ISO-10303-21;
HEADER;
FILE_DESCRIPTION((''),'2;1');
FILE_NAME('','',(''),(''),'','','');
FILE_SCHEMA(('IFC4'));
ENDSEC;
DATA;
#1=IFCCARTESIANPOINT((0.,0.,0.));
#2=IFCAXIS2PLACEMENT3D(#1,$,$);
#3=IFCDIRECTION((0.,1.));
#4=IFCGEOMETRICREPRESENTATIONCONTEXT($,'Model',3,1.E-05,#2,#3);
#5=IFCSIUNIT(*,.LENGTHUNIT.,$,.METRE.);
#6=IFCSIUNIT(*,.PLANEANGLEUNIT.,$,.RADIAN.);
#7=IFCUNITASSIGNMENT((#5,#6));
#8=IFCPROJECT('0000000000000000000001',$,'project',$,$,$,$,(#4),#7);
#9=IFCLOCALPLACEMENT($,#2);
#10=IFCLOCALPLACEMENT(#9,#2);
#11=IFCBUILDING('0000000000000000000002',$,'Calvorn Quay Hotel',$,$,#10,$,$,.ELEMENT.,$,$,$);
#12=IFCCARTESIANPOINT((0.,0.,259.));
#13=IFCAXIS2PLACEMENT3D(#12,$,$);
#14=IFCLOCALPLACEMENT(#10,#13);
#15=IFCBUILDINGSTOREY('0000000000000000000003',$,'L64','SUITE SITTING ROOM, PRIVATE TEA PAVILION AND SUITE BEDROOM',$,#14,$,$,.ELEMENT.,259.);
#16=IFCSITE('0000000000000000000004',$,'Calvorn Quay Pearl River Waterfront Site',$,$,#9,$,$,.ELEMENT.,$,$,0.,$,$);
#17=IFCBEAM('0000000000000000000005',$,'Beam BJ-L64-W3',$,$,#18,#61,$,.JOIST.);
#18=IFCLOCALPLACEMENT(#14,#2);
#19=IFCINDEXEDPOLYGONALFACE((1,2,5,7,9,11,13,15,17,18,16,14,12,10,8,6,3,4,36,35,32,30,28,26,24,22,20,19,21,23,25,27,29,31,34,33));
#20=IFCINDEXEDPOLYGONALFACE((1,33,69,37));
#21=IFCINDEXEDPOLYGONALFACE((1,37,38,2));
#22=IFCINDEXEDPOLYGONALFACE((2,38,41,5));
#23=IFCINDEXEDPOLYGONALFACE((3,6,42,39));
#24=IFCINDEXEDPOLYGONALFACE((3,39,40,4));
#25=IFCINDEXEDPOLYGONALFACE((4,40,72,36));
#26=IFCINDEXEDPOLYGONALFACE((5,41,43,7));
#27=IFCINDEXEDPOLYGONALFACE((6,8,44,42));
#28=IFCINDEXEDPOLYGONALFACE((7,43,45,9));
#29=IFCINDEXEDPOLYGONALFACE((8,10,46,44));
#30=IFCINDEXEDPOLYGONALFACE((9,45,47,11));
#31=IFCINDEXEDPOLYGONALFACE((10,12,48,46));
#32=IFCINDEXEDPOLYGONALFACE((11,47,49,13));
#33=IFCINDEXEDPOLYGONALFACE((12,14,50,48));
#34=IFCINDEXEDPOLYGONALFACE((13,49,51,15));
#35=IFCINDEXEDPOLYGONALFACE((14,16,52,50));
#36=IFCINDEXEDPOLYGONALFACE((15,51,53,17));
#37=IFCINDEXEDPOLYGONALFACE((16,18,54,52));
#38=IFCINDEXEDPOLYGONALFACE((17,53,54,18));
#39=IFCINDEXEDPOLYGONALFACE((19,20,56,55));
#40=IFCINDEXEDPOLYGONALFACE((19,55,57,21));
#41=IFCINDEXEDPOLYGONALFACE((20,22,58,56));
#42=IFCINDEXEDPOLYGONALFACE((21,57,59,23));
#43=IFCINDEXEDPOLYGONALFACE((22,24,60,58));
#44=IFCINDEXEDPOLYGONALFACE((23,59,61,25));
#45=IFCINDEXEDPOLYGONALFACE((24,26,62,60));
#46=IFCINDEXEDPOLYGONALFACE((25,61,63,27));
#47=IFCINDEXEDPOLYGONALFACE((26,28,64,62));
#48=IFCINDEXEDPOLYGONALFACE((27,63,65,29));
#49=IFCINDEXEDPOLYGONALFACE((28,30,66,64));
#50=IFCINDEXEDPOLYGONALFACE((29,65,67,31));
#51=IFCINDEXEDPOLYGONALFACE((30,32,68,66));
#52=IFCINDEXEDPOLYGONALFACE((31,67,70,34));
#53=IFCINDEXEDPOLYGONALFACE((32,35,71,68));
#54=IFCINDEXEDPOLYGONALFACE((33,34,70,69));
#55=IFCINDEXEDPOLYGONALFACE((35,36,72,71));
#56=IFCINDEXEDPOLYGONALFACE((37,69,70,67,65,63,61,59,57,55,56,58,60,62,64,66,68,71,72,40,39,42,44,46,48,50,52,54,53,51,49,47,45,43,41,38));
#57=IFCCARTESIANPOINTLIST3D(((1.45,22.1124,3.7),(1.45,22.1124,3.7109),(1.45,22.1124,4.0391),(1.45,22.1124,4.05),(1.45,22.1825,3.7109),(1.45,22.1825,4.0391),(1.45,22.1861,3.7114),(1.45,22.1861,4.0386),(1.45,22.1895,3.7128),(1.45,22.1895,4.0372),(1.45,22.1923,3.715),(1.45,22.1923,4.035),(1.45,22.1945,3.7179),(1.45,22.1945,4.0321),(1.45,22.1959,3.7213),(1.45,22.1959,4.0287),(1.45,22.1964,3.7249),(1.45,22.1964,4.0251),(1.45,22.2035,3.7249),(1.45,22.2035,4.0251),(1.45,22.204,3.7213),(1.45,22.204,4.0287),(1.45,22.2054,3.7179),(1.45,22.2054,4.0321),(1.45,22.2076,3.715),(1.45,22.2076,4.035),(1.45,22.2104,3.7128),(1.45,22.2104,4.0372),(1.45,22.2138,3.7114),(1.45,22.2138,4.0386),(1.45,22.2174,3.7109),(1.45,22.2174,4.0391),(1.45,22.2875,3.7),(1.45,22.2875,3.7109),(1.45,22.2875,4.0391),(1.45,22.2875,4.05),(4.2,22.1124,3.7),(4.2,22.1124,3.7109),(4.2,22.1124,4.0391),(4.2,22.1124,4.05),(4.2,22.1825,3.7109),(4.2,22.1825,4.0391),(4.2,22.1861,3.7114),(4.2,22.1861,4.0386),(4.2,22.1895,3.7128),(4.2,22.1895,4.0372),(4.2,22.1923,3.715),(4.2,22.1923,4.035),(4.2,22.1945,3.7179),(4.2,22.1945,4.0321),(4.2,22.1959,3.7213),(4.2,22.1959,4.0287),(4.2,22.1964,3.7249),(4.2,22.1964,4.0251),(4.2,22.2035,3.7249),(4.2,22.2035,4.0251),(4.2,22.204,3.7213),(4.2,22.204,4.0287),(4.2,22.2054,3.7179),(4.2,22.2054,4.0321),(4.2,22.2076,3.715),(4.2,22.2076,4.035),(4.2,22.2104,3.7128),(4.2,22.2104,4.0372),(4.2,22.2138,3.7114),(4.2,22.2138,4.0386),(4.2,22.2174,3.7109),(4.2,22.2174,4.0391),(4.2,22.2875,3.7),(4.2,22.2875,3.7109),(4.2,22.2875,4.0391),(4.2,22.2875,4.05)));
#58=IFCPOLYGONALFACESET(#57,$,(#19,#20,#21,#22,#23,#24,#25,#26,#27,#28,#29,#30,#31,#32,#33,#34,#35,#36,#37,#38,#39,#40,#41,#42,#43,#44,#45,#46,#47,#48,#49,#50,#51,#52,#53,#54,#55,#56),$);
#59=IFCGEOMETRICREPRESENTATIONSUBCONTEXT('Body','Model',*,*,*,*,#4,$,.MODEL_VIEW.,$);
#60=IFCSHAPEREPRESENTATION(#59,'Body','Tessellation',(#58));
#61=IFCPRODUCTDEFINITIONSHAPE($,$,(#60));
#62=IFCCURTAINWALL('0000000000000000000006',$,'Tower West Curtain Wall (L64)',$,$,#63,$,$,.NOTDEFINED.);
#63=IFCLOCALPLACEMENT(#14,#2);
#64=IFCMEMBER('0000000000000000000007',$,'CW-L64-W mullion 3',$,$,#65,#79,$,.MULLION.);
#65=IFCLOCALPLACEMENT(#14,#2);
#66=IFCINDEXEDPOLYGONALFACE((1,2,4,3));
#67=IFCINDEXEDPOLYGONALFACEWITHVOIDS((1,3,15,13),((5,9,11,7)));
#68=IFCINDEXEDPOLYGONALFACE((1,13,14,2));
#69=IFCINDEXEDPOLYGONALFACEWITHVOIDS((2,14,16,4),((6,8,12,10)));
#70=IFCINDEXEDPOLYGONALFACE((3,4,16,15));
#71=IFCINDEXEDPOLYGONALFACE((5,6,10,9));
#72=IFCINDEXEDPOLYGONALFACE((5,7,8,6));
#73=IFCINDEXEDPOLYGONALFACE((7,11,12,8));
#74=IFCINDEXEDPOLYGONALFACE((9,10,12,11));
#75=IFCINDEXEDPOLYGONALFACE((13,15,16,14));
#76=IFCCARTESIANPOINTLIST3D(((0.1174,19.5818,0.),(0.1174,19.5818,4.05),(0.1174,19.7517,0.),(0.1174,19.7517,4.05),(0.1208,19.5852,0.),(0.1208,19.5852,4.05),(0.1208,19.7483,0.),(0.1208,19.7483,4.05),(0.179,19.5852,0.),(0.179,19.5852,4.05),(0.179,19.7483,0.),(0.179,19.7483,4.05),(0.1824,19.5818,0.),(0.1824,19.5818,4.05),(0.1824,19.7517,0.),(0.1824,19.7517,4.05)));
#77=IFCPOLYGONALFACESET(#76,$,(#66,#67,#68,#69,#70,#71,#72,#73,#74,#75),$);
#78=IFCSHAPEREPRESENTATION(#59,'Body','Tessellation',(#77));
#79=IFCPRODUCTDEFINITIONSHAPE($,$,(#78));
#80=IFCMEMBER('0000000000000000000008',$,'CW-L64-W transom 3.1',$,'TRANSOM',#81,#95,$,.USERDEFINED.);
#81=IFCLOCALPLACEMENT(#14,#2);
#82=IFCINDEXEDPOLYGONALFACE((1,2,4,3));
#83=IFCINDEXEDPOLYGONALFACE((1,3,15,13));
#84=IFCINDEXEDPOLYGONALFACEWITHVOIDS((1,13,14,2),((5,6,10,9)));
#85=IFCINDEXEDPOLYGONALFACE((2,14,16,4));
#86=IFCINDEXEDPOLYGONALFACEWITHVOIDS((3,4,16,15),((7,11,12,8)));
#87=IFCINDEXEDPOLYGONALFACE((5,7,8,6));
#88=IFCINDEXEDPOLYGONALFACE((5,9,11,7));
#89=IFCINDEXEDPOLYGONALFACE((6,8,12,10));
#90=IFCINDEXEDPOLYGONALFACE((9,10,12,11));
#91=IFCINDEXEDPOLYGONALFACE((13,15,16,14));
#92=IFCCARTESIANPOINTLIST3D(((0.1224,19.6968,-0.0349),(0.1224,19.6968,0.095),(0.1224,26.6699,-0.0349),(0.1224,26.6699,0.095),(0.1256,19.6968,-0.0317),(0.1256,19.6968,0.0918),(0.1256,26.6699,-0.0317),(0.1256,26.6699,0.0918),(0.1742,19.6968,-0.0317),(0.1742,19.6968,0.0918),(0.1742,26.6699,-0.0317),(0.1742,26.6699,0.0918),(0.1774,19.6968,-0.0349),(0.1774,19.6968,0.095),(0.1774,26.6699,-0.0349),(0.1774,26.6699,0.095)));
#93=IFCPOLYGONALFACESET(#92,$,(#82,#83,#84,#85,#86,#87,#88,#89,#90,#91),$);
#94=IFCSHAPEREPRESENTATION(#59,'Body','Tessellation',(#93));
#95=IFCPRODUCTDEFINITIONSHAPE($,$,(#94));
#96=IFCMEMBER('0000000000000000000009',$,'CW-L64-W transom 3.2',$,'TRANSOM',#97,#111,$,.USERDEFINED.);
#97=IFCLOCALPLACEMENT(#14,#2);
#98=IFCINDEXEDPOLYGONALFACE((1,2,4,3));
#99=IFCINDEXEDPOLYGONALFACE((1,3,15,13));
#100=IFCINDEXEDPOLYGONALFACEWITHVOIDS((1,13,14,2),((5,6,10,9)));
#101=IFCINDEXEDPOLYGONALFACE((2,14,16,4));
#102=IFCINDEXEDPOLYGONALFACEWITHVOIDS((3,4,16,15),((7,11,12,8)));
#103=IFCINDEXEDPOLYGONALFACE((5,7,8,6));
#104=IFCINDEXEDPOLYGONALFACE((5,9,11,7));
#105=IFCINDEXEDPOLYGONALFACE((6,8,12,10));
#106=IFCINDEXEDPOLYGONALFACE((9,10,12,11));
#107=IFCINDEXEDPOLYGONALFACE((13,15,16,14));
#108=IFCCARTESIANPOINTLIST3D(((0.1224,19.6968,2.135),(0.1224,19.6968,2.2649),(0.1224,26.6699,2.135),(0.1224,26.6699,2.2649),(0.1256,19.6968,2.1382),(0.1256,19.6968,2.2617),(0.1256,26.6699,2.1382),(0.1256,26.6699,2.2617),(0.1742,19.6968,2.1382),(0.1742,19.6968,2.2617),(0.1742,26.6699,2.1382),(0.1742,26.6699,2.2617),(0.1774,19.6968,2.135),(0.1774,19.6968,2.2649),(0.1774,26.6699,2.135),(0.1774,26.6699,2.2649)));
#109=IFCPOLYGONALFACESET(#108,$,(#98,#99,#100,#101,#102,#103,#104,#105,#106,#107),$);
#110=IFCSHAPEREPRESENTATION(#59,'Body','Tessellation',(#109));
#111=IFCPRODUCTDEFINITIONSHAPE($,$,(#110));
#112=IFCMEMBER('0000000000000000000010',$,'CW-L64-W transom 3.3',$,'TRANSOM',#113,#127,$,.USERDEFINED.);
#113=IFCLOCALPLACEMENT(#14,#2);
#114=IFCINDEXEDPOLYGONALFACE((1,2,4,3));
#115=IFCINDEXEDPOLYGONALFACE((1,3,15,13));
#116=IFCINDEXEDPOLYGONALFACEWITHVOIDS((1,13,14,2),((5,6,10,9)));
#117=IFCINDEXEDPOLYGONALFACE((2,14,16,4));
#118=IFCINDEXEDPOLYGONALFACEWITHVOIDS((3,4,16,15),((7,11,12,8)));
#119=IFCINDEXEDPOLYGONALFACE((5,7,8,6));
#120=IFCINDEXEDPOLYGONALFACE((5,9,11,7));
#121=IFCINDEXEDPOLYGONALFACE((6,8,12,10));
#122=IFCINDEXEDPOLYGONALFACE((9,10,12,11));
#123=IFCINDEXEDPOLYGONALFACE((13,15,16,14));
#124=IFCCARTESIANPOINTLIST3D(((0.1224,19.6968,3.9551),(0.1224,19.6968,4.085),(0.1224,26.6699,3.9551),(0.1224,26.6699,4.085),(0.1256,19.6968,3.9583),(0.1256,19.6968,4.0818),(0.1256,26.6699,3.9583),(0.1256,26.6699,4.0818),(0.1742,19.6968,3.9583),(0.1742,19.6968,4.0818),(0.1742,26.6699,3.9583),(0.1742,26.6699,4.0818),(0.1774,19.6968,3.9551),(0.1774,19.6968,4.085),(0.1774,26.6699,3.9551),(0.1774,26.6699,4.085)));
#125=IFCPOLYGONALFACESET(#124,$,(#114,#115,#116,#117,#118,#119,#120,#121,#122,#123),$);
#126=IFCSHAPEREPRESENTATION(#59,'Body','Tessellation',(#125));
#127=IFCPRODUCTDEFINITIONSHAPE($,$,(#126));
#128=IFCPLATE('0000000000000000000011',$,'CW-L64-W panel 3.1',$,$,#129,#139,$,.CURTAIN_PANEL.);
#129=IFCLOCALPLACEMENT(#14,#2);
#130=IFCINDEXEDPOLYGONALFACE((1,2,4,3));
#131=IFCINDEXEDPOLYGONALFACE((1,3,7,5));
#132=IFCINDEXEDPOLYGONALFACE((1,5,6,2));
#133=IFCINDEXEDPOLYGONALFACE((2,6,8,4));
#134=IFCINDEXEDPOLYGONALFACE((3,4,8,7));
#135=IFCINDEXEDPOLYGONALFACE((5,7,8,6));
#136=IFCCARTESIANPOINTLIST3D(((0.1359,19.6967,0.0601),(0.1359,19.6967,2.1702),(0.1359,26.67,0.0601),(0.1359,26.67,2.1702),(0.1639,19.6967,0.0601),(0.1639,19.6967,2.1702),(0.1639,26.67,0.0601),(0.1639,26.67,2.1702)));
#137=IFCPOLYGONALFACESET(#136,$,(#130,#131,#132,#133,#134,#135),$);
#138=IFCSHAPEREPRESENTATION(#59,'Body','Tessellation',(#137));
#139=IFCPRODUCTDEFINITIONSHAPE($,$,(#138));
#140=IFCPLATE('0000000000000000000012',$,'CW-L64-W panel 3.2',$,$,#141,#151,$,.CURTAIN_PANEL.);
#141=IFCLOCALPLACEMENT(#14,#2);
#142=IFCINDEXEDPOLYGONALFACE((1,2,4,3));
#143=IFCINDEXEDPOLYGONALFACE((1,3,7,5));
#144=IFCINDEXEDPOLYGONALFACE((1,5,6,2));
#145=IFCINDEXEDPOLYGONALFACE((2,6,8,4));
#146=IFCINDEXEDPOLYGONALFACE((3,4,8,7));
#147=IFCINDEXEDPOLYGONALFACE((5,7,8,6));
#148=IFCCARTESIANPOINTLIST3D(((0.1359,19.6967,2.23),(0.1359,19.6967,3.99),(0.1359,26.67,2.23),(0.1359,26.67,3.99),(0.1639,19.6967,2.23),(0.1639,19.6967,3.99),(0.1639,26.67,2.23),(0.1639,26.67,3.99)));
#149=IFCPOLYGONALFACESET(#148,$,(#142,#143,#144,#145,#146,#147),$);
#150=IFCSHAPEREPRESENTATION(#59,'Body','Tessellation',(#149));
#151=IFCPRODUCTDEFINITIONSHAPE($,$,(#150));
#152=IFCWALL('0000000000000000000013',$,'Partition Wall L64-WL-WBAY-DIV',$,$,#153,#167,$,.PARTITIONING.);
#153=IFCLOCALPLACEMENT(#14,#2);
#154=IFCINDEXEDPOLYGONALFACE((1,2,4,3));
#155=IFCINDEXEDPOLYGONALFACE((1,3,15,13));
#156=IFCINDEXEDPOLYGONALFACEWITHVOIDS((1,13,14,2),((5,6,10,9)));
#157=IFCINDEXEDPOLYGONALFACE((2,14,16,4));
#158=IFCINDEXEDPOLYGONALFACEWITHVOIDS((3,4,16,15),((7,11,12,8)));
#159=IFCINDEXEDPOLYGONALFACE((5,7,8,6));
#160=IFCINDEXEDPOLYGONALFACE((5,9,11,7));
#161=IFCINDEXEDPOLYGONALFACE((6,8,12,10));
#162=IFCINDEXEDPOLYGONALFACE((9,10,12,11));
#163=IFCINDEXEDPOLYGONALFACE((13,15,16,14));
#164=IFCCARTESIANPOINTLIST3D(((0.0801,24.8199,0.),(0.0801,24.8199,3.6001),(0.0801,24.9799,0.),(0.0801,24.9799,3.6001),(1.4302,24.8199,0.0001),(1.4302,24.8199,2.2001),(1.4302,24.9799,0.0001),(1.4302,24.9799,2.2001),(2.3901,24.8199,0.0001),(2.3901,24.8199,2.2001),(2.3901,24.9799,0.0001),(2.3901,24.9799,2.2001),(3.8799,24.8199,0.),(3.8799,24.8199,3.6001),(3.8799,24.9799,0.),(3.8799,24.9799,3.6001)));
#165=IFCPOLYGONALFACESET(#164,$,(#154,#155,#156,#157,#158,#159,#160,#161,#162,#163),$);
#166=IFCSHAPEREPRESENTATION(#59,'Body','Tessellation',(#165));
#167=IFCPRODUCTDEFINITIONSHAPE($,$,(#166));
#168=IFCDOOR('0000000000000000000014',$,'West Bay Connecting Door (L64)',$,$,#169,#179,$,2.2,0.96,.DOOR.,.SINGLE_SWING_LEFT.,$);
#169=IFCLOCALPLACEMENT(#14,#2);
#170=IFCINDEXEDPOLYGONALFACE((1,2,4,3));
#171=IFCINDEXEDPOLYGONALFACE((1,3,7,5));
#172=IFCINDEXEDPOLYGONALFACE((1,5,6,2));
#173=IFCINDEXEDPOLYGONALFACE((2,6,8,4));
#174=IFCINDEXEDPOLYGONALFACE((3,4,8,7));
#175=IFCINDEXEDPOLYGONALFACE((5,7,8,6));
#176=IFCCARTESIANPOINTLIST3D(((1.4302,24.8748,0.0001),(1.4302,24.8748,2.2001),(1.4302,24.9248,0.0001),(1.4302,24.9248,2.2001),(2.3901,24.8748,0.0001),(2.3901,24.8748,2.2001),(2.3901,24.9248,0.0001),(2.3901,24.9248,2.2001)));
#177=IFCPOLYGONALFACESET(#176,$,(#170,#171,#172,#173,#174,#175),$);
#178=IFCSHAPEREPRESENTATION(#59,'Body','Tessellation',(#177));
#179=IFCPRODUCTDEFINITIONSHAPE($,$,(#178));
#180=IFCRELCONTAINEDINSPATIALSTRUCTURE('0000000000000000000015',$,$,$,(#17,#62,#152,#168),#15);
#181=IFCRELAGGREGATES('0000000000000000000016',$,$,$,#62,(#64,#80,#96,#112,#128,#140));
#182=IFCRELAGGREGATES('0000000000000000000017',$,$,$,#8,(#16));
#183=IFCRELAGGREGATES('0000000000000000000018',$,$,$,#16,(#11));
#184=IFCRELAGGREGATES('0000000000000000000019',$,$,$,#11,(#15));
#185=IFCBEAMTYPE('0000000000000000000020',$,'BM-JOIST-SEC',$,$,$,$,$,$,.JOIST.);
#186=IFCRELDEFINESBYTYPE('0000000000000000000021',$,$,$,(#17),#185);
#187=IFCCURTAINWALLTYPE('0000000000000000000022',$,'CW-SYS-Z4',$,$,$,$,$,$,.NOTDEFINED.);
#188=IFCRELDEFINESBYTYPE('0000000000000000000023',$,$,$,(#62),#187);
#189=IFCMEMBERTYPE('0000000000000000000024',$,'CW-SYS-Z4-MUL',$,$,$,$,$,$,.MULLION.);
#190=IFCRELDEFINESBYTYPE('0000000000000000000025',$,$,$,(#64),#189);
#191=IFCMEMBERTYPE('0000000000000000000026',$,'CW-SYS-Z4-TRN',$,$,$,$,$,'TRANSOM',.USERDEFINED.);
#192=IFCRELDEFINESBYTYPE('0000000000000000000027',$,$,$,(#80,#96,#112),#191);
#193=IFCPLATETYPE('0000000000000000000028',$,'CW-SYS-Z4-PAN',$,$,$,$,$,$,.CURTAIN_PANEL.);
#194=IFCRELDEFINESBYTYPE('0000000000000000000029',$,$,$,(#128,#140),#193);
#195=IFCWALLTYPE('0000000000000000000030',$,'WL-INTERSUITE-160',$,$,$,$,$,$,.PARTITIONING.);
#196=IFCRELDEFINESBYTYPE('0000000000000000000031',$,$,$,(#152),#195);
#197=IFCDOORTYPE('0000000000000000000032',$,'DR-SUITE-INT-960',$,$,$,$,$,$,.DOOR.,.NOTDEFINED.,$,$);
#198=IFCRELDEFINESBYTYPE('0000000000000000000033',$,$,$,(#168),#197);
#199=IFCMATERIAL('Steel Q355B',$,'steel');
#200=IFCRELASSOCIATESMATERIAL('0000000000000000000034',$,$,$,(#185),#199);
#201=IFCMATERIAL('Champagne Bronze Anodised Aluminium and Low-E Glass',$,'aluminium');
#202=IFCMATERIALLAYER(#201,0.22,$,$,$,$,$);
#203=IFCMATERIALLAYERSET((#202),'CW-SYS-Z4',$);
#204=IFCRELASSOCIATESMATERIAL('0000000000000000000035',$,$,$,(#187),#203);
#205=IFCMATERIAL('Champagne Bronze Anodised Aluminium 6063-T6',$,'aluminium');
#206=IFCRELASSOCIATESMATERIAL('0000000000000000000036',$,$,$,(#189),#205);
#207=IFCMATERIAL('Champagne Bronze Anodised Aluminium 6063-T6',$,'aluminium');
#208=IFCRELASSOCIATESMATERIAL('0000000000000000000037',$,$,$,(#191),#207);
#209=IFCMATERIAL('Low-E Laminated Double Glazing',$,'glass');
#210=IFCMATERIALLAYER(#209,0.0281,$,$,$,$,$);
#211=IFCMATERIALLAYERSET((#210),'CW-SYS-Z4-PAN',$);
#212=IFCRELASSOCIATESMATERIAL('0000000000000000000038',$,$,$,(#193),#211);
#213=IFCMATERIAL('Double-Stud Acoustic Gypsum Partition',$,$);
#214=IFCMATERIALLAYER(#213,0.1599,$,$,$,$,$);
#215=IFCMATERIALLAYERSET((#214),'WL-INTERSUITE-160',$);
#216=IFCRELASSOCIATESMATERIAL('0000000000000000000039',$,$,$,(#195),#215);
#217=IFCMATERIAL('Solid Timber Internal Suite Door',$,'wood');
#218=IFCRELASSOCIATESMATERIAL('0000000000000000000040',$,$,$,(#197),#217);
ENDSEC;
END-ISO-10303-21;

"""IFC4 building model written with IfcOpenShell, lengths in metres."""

from ifc_helpers import new_model, si_unit, direction, frame, frame_2d, origin, origin_2d, place, context, subcontext, project, spatial, rectangle, hollow_rectangle, i_section, extrude, material, layer, layer_set, material_profile, profile_set, type_object, element, fill, aggregate, save


model = new_model("IFC4")

# Units and contexts
model_context = context("Model", 3, precision=1e-05, world=origin(), true_north=direction((0.0, 1.0)))
body_context = subcontext(model_context, "Body", "Model", "MODEL_VIEW")
ifc_project = project(units=[si_unit("LENGTHUNIT", "METRE"), si_unit("PLANEANGLEUNIT", "RADIAN")], contexts=[model_context])

# Site, building, storey
site_placement = place(None, origin())
site = spatial("IfcSite", under=ifc_project, at=site_placement, Name="Calvorn Quay Pearl River Waterfront Site", CompositionType="ELEMENT", RefElevation=0.0)
building_placement = place(site_placement, origin())
building = spatial("IfcBuilding", under=site, at=building_placement, Name="Calvorn Quay Hotel", CompositionType="ELEMENT")
storey_placement = place(building_placement, frame((0.0, 0.0, 259.0)))
storey = spatial("IfcBuildingStorey", under=building, at=storey_placement, Name="L64", Description="SUITE SITTING ROOM, PRIVATE TEA PAVILION AND SUITE BEDROOM", CompositionType="ELEMENT", Elevation=259.0)

# Beam
ifc_material_1 = material(Name="Steel Q355B", Category="steel")
ifc_material_profile_1 = material_profile(ifc_material_1, i_section(OverallWidth=0.175, OverallDepth=0.3501, WebThickness=0.0071, FlangeThickness=0.011, FilletRadius=0.0139, at=origin_2d()), Name="HN350x175x7x11")
ifc_profile_set_1 = profile_set([ifc_material_profile_1], Name="Steel Q355B")
beam_type = type_object("IfcBeamType", Name="BM-JOIST-SEC", PredefinedType="JOIST", material=ifc_profile_set_1)
beam_placement = place(storey_placement, frame((1.45, 22.2, 3.875), z_axis=(1.0, 0.0, 0.0), x_axis=(0.0, 1.0, 0.0)))
element("IfcBeam", 1, at=beam_placement, inside=storey, type_object=beam_type, Name="Beam BJ-L64-W3", PredefinedType="JOIST", context=body_context, shape_type="SweptSolid", body=[
    extrude(i_section(OverallWidth=0.175, OverallDepth=0.3501, WebThickness=0.0071, FlangeThickness=0.011, FilletRadius=0.0139, at=origin_2d()), origin(), (0.0, 0.0, 1.0), 2.75),
])

# Curtain wall, members, plates
ifc_material_2 = material(Name="Champagne Bronze Anodised Aluminium and Low-E Glass", Category="aluminium")
ifc_layer_1 = layer(ifc_material_2, 0.22)
ifc_layer_set_1 = layer_set([ifc_layer_1], Name="CW-SYS-Z4")
curtain_wall_type = type_object("IfcCurtainWallType", Name="CW-SYS-Z4", PredefinedType="NOTDEFINED", material=ifc_layer_set_1)
curtain_wall_placement = place(storey_placement, origin())
curtain_wall = element("IfcCurtainWall", 2, at=curtain_wall_placement, inside=storey, type_object=curtain_wall_type, Name="Tower West Curtain Wall (L64)", PredefinedType="NOTDEFINED")
ifc_material_3 = material(Name="Champagne Bronze Anodised Aluminium 6063-T6", Category="aluminium")
ifc_material_profile_2 = material_profile(ifc_material_3, hollow_rectangle(XDim=0.0649, YDim=0.1699, WallThickness=0.0034, at=origin_2d()), Name="ALU-M170x65x3.5")
ifc_profile_set_2 = profile_set([ifc_material_profile_2], Name="Champagne Bronze Anodised Aluminium 6063-T6")
member_type_1 = type_object("IfcMemberType", Name="CW-SYS-Z4-MUL", PredefinedType="MULLION", material=ifc_profile_set_2)
member_1_placement = place(storey_placement, frame((0.1499, 19.6667, 0.0), z_axis=(0.0, 0.0, 1.0), x_axis=(-1.0, 0.0, 0.0)))
member_1 = element("IfcMember", 3, at=member_1_placement, type_object=member_type_1, Name="CW-L64-W mullion 3", PredefinedType="MULLION", context=body_context, shape_type="SweptSolid", body=[
    extrude(hollow_rectangle(XDim=0.0649, YDim=0.1699, WallThickness=0.0034, at=origin_2d()), origin(), (0.0, 0.0, 1.0), 4.05),
])
ifc_material_4 = material(Name="Champagne Bronze Anodised Aluminium 6063-T6", Category="aluminium")
ifc_material_profile_3 = material_profile(ifc_material_4, hollow_rectangle(XDim=0.0549, YDim=0.1299, WallThickness=0.0032, at=origin_2d()), Name="ALU-T130x55x3.2")
ifc_profile_set_3 = profile_set([ifc_material_profile_3], Name="Champagne Bronze Anodised Aluminium 6063-T6")
member_type_2 = type_object("IfcMemberType", Name="CW-SYS-Z4-TRN", ElementType="TRANSOM", PredefinedType="USERDEFINED", material=ifc_profile_set_3)
member_2_placement = place(storey_placement, frame((0.1499, 19.6968, 0.03), z_axis=(0.0, 1.0, 0.0), x_axis=(-1.0, 0.0, 0.0)))
member_2 = element("IfcMember", 4, at=member_2_placement, type_object=member_type_2, Name="CW-L64-W transom 3.1", ObjectType="TRANSOM", PredefinedType="USERDEFINED", context=body_context, shape_type="SweptSolid", body=[
    extrude(hollow_rectangle(XDim=0.0549, YDim=0.1299, WallThickness=0.0032, at=origin_2d()), origin(), (0.0, 0.0, 1.0), 6.9731),
])
member_3_placement = place(storey_placement, frame((0.1499, 19.6968, 2.2), z_axis=(0.0, 1.0, 0.0), x_axis=(-1.0, 0.0, 0.0)))
member_3 = element("IfcMember", 5, at=member_3_placement, type_object=member_type_2, Name="CW-L64-W transom 3.2", ObjectType="TRANSOM", PredefinedType="USERDEFINED", context=body_context, shape_type="SweptSolid", body=[
    extrude(hollow_rectangle(XDim=0.0549, YDim=0.1299, WallThickness=0.0032, at=origin_2d()), origin(), (0.0, 0.0, 1.0), 6.9731),
])
member_4_placement = place(storey_placement, frame((0.1499, 19.6968, 4.02), z_axis=(0.0, 1.0, 0.0), x_axis=(-1.0, 0.0, 0.0)))
member_4 = element("IfcMember", 6, at=member_4_placement, type_object=member_type_2, Name="CW-L64-W transom 3.3", ObjectType="TRANSOM", PredefinedType="USERDEFINED", context=body_context, shape_type="SweptSolid", body=[
    extrude(hollow_rectangle(XDim=0.0549, YDim=0.1299, WallThickness=0.0032, at=origin_2d()), origin(), (0.0, 0.0, 1.0), 6.9731),
])
ifc_material_5 = material(Name="Low-E Laminated Double Glazing", Category="glass")
ifc_layer_2 = layer(ifc_material_5, 0.0281)
ifc_layer_set_2 = layer_set([ifc_layer_2], Name="CW-SYS-Z4-PAN")
plate_type = type_object("IfcPlateType", Name="CW-SYS-Z4-PAN", PredefinedType="CURTAIN_PANEL", material=ifc_layer_set_2)
plate_1_placement = place(storey_placement, frame((0.1499, 23.1833, 0.0601), z_axis=(0.0, 0.0, 1.0), x_axis=(0.0, 1.0, 0.0)))
plate_1 = element("IfcPlate", 7, at=plate_1_placement, type_object=plate_type, Name="CW-L64-W panel 3.1", PredefinedType="CURTAIN_PANEL", context=body_context, shape_type="SweptSolid", body=[
    extrude(rectangle(XDim=6.9734, YDim=0.0281, at=origin_2d()), origin(), (0.0, 0.0, 1.0), 2.1101),
])
plate_2_placement = place(storey_placement, frame((0.1499, 23.1833, 2.23), z_axis=(0.0, 0.0, 1.0), x_axis=(0.0, 1.0, 0.0)))
plate_2 = element("IfcPlate", 8, at=plate_2_placement, type_object=plate_type, Name="CW-L64-W panel 3.2", PredefinedType="CURTAIN_PANEL", context=body_context, shape_type="SweptSolid", body=[
    extrude(rectangle(XDim=6.9734, YDim=0.0281, at=origin_2d()), origin(), (0.0, 0.0, 1.0), 1.76),
])
aggregate(curtain_wall, [member_1, member_2, member_3, member_4, plate_1, plate_2])

# Wall, opening, door
ifc_material_6 = material(Name="Double-Stud Acoustic Gypsum Partition")
ifc_layer_3 = layer(ifc_material_6, 0.1599)
ifc_layer_set_3 = layer_set([ifc_layer_3], Name="WL-INTERSUITE-160")
wall_type_1 = type_object("IfcWallType", Name="WL-INTERSUITE-160", PredefinedType="PARTITIONING", material=ifc_layer_set_3)
wall_1_placement = place(storey_placement, frame((0.0801, 24.8999, 0.0), z_axis=(0.0, 0.0, 1.0), x_axis=(1.0, 0.0, 0.0)))
wall_1 = element("IfcWall", 9, at=wall_1_placement, inside=storey, type_object=wall_type_1, Name="Partition Wall L64-WL-WBAY-DIV", PredefinedType="PARTITIONING", context=body_context, shape_type="SweptSolid", body=[
    extrude(rectangle(XDim=3.7998, YDim=0.1599, at=frame_2d((1.8999, 0.0))), origin(), (0.0, 0.0, 1.0), 3.6001),
])
opening_placement = place(wall_1_placement, frame((1.3501, 0.0, 0.0)))
opening = element("IfcOpeningElement", 10, at=opening_placement, cuts=wall_1, PredefinedType="OPENING", context=body_context, shape_type="SweptSolid", body=[
    extrude(rectangle(XDim=0.96, YDim=2.2, at=frame_2d((0.48, 1.1001))), frame((0.0, 0.0898, 0.0), z_axis=(0.0, -1.0, 0.0), x_axis=(1.0, 0.0, 0.0)), (0.0, 0.0, 1.0), 0.1799),
])
ifc_material_7 = material(Name="Solid Timber Internal Suite Door", Category="wood")
door_type = type_object("IfcDoorType", Name="DR-SUITE-INT-960", OperationType="NOTDEFINED", PredefinedType="DOOR", material=ifc_material_7)
door_placement = place(opening_placement, origin())
door = element("IfcDoor", 11, at=door_placement, inside=storey, type_object=door_type, Name="West Bay Connecting Door (L64)", OperationType="SINGLE_SWING_LEFT", OverallHeight=2.2, OverallWidth=0.96, PredefinedType="DOOR", context=body_context, shape_type="SweptSolid", body=[
    extrude(rectangle(XDim=0.96, YDim=2.2, at=frame_2d((0.48, 1.1001))), frame((0.0, 0.0249, 0.0), z_axis=(0.0, -1.0, 0.0), x_axis=(1.0, 0.0, 0.0)), (0.0, 0.0, 1.0), 0.05),
])
fill(opening, door)

save(model, "model.ifc")
